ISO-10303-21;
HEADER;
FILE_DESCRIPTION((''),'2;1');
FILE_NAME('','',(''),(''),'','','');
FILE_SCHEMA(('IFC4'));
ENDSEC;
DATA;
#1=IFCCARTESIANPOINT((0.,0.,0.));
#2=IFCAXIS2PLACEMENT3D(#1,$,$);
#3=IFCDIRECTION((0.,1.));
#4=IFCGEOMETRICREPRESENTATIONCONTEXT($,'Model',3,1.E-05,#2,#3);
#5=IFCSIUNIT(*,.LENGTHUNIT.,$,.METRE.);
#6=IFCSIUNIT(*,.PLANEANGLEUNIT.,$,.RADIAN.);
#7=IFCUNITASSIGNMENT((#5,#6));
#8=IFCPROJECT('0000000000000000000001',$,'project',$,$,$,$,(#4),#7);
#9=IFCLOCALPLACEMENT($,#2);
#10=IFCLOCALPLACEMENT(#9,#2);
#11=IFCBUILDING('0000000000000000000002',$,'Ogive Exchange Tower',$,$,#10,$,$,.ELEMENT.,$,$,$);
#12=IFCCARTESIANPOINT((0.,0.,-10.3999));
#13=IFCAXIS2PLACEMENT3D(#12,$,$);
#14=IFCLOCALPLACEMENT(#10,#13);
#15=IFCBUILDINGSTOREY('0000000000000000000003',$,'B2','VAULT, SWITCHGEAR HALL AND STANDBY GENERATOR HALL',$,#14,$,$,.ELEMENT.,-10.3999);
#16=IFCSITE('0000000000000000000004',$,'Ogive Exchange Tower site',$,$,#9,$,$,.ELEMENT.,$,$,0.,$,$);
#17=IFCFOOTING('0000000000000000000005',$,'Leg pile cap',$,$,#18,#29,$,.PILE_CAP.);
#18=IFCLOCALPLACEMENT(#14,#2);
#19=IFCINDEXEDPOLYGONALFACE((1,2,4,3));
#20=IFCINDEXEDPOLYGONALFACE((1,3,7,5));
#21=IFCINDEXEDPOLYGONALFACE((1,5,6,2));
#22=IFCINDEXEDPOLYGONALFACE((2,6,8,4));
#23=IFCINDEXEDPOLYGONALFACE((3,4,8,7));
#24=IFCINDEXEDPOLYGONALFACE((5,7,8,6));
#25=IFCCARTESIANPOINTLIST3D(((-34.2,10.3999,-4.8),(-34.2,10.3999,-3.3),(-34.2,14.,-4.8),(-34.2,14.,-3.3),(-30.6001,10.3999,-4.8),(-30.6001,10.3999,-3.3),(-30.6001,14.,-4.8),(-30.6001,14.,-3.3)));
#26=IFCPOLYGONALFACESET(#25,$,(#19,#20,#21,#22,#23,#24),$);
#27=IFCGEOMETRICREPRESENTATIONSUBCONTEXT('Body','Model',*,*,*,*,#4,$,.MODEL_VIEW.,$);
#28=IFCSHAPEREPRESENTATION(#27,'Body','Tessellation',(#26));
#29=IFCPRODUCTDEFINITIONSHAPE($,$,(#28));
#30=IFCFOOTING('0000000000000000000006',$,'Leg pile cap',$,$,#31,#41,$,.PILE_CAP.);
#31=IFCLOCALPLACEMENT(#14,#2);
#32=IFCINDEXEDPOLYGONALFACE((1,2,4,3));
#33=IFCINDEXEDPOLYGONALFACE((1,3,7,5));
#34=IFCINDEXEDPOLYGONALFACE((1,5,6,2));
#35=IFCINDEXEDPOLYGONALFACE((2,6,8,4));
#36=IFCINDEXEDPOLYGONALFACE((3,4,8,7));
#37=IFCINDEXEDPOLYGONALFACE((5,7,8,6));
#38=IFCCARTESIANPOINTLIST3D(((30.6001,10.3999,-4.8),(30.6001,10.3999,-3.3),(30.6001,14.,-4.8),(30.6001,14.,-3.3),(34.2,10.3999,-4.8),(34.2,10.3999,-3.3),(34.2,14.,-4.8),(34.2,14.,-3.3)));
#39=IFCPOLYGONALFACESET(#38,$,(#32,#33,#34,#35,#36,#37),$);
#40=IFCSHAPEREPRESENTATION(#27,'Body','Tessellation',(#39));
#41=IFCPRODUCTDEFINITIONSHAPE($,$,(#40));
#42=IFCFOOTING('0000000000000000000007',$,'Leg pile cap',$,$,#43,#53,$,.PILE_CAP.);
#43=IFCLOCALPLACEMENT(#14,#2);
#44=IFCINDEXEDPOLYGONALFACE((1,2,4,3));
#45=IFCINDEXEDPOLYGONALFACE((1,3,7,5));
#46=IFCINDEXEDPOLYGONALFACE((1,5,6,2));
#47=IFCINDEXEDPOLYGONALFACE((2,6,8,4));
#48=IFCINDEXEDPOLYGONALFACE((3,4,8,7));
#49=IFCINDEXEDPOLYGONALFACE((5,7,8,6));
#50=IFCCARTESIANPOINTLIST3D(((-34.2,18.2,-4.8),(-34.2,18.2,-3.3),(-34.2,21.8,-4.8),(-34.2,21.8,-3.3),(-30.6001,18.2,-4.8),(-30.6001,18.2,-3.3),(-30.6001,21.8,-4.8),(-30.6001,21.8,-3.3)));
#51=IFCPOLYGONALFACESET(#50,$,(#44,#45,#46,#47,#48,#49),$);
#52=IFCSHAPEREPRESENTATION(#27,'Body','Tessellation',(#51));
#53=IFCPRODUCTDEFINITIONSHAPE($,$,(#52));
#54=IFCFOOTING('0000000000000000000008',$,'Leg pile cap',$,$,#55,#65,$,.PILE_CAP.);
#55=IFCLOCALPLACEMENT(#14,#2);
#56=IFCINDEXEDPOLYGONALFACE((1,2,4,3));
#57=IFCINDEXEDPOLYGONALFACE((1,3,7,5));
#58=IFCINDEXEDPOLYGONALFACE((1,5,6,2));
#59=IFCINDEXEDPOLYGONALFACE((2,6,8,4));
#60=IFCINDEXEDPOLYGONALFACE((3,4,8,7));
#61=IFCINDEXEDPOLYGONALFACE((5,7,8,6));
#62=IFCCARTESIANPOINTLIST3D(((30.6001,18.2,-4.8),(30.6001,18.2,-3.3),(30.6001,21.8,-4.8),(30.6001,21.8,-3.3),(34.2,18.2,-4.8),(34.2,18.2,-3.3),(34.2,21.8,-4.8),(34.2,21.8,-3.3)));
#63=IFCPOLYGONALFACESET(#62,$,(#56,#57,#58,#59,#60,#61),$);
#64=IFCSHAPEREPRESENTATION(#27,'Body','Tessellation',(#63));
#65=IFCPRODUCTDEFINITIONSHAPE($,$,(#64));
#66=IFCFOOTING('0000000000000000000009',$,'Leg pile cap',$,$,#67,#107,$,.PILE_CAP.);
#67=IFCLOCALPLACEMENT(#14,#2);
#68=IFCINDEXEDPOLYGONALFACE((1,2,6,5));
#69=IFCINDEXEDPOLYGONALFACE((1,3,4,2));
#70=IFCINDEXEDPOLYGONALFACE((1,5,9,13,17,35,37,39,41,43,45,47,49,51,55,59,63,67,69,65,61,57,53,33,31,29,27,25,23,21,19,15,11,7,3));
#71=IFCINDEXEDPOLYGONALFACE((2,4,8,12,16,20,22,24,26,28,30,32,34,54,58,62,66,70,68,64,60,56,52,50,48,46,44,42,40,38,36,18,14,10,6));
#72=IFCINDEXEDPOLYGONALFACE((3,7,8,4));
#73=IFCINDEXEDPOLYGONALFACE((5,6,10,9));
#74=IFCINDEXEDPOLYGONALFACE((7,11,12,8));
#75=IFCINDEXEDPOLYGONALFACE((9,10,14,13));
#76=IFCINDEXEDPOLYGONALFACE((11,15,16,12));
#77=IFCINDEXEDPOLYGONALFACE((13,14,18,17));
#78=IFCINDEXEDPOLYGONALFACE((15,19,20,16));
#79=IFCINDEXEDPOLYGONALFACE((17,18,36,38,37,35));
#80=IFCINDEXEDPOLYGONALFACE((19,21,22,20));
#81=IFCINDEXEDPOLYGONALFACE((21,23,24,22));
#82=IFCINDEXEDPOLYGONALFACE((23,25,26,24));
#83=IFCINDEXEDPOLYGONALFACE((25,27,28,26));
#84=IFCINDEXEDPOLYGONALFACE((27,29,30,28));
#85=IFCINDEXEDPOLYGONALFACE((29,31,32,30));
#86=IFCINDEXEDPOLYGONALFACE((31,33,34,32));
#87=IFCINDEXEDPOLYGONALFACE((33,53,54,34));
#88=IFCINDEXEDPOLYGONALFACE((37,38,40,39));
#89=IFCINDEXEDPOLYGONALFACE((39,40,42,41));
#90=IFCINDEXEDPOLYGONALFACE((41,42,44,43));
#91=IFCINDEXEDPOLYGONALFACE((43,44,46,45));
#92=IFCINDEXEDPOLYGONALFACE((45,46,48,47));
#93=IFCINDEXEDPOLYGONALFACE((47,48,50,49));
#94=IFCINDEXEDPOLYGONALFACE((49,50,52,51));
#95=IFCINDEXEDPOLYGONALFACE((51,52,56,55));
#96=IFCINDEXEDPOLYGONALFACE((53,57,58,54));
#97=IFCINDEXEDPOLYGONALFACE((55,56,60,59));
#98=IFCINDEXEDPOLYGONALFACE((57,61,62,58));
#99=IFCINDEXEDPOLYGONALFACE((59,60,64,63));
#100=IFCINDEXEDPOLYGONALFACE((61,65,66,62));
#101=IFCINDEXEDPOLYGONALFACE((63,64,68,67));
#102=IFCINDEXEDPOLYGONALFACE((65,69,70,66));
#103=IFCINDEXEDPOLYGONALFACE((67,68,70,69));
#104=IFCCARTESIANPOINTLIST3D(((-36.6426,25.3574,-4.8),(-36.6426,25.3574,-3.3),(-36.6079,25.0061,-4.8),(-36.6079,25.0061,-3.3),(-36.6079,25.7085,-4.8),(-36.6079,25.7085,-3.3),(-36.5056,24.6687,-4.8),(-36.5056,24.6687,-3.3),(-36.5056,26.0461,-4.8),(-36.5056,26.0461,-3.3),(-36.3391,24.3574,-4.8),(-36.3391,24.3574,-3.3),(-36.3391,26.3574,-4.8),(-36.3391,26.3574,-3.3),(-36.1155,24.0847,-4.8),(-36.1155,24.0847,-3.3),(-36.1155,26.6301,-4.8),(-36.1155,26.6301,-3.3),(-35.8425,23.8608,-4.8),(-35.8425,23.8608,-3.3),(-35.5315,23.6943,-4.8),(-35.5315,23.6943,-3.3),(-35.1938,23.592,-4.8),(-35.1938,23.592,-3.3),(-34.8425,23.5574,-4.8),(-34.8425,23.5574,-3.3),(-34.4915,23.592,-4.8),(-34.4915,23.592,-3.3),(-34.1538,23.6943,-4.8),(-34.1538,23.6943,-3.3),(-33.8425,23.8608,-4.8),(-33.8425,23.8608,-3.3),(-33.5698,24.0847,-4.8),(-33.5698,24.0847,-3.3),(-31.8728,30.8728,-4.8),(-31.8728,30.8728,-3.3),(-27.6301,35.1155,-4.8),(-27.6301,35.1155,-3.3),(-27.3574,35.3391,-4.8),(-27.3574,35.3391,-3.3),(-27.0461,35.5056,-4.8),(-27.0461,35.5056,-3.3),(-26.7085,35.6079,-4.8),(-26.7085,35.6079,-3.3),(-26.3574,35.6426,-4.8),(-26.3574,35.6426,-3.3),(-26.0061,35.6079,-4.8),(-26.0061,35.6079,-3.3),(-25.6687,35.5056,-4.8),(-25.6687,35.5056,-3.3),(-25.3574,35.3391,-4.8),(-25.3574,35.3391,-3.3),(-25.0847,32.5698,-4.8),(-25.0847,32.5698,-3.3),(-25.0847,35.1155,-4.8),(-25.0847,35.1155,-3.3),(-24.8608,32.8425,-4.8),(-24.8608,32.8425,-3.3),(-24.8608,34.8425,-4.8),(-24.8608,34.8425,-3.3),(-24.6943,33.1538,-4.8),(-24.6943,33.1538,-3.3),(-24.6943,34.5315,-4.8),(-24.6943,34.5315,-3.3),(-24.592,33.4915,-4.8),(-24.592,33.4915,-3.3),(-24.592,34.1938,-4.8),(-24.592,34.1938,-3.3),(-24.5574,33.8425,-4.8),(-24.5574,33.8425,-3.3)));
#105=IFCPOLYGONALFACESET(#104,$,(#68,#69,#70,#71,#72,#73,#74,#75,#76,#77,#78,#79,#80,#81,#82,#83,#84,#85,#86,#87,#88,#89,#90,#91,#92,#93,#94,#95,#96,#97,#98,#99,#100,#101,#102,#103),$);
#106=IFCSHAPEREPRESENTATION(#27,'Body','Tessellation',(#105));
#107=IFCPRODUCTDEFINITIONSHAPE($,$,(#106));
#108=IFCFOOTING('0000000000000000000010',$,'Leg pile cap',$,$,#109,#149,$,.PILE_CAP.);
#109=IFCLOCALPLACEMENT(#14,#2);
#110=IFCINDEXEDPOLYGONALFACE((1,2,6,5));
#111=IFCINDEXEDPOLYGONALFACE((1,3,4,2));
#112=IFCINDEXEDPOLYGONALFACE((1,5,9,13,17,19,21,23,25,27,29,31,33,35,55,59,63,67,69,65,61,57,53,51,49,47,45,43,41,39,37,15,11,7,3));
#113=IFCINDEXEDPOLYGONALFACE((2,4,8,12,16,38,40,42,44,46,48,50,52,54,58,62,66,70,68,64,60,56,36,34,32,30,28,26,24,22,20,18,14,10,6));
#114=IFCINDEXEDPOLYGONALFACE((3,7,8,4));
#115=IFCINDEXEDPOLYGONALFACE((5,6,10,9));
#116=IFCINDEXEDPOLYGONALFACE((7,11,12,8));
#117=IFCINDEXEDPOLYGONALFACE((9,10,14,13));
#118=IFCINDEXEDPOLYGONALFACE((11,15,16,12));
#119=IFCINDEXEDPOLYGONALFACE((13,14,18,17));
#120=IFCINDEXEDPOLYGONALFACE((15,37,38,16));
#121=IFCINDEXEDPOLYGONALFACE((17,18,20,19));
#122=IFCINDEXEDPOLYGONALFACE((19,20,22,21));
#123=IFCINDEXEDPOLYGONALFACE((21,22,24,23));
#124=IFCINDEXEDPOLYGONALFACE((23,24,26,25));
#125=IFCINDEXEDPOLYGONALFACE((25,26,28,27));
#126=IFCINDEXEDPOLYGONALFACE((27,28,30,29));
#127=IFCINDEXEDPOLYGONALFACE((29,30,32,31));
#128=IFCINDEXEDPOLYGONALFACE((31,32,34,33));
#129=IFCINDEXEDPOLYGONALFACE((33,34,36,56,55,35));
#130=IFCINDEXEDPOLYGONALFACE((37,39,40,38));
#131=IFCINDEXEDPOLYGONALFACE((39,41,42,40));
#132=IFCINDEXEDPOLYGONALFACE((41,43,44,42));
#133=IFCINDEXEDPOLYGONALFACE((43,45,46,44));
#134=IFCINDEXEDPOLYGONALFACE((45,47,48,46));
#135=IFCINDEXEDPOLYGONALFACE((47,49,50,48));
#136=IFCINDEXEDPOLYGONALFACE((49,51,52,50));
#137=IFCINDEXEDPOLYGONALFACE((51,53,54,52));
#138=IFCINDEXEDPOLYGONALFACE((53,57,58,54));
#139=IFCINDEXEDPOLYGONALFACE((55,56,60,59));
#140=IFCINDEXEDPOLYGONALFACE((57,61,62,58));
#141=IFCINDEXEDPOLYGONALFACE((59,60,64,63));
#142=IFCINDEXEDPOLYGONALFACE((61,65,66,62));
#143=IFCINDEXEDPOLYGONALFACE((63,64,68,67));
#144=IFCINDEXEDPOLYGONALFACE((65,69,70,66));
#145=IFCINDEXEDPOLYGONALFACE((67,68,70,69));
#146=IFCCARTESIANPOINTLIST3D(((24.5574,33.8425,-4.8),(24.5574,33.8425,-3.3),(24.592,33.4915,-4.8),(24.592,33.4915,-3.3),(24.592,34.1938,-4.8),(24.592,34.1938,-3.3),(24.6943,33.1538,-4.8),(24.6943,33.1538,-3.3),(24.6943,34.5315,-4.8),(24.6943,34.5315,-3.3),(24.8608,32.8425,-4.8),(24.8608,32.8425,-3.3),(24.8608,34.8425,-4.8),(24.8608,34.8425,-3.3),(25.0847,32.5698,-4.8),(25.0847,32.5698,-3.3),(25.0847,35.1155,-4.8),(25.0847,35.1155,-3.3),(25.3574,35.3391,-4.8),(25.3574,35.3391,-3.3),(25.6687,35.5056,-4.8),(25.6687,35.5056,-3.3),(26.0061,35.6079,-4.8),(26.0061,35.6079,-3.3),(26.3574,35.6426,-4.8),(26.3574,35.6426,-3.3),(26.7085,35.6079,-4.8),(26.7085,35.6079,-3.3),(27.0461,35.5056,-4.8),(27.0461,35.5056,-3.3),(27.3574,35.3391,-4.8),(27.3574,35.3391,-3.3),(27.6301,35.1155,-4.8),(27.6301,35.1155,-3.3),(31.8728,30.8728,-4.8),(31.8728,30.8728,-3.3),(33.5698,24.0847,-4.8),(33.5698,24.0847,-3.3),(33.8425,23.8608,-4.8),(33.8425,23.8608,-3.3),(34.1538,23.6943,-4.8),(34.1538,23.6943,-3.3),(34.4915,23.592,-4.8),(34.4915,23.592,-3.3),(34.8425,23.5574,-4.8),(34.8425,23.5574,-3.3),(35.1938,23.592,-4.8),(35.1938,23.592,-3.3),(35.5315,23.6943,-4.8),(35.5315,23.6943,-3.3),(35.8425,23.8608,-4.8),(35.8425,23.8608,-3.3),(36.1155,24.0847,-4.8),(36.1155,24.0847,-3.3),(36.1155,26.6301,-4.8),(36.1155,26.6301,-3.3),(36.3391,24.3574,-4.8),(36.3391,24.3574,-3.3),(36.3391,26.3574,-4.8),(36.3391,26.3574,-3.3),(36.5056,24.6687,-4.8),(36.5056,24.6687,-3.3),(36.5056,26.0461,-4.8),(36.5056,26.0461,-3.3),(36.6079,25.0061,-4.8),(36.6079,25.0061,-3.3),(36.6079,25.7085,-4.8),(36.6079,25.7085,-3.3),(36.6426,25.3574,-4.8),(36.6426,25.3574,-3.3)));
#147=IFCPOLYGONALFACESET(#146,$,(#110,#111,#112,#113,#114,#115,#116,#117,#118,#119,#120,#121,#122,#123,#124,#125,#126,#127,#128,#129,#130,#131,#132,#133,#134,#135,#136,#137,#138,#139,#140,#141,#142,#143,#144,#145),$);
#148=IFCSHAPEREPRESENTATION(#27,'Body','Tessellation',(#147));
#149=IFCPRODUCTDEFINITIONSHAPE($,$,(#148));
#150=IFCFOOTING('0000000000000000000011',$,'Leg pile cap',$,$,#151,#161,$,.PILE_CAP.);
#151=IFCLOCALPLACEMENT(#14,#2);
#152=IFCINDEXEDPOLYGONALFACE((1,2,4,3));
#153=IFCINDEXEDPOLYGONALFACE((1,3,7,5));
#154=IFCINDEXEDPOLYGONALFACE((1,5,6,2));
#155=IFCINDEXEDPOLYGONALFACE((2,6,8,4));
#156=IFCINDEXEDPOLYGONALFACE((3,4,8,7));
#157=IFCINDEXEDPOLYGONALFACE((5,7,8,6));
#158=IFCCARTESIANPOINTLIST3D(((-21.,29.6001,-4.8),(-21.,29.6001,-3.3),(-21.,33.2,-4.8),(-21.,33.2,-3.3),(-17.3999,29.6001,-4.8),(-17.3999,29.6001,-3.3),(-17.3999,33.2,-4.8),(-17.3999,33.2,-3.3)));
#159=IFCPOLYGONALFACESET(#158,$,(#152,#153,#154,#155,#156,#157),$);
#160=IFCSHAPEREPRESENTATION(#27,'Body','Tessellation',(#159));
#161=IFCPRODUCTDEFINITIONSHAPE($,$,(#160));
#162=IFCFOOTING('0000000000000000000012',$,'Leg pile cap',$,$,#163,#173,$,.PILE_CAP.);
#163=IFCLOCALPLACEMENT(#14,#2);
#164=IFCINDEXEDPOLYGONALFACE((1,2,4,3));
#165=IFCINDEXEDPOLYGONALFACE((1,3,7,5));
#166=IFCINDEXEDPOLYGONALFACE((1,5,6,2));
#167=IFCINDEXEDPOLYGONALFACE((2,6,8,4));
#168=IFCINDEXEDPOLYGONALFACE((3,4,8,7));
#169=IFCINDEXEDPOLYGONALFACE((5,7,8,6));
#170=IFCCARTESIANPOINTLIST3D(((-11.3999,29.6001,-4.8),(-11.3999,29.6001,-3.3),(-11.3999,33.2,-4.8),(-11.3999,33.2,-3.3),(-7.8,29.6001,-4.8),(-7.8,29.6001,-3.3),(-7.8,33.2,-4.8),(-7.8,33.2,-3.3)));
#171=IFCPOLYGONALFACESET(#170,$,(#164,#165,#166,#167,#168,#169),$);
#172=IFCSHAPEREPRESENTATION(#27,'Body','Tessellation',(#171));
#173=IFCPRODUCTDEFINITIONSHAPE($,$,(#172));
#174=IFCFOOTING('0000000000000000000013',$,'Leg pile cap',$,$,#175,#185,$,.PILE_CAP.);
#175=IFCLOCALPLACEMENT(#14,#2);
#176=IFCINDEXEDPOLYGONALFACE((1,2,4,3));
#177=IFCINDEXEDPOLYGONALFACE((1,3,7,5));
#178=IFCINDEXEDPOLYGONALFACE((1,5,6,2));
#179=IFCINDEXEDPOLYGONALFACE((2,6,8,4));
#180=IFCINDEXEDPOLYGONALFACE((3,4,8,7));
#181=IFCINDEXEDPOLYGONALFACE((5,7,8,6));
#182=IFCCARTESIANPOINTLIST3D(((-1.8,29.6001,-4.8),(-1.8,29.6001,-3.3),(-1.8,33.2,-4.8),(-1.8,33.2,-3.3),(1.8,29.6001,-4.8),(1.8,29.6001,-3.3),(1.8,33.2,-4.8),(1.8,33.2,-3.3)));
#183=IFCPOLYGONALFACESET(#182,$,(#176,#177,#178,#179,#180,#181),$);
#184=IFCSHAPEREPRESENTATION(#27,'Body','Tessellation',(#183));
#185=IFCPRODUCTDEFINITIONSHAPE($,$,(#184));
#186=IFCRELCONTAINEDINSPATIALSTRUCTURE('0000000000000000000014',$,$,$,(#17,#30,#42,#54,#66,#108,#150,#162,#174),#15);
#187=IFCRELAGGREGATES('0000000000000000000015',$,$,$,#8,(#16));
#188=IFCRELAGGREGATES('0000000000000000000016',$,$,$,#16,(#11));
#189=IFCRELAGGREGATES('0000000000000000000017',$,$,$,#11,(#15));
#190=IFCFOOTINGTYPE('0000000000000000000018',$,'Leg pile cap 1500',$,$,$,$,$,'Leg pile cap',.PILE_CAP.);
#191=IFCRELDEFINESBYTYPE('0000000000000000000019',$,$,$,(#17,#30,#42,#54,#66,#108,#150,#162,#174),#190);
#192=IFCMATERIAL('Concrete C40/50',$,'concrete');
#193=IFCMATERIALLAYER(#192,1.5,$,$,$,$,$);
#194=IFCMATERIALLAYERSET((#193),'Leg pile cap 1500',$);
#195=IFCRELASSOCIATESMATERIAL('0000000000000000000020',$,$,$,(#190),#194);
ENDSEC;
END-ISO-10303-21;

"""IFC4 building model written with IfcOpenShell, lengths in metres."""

from ifc_helpers import new_model, si_unit, direction, frame, origin, place, context, subcontext, project, spatial, polyline, outline, extrude, material, layer, layer_set, type_object, element, save


model = new_model("IFC4")

# Units and contexts
model_context = context("Model", 3, precision=1e-05, world=origin(), true_north=direction((0.0, 1.0)))
body_context = subcontext(model_context, "Body", "Model", "MODEL_VIEW")
ifc_project = project(units=[si_unit("LENGTHUNIT", "METRE"), si_unit("PLANEANGLEUNIT", "RADIAN")], contexts=[model_context])

# Site, building, storey
site_placement = place(None, origin())
site = spatial("IfcSite", under=ifc_project, at=site_placement, Name="Ogive Exchange Tower site", CompositionType="ELEMENT", RefElevation=0.0)
building_placement = place(site_placement, origin())
building = spatial("IfcBuilding", under=site, at=building_placement, Name="Ogive Exchange Tower", CompositionType="ELEMENT")
storey_placement = place(building_placement, frame((0.0, 0.0, -10.3999)))
storey = spatial("IfcBuildingStorey", under=building, at=storey_placement, Name="B2", Description="VAULT, SWITCHGEAR HALL AND STANDBY GENERATOR HALL", CompositionType="ELEMENT", Elevation=-10.3999)

# Footings
ifc_material_1 = material(Name="Concrete C40/50", Category="concrete")
ifc_layer_1 = layer(ifc_material_1, 1.5)
ifc_layer_set_1 = layer_set([ifc_layer_1], Name="Leg pile cap 1500")
footing_type = type_object("IfcFootingType", Name="Leg pile cap 1500", ElementType="Leg pile cap", PredefinedType="PILE_CAP", material=ifc_layer_set_1)
footing_1_placement = place(storey_placement, frame((0.0, 0.0, -4.8)))
element("IfcFooting", 1, at=footing_1_placement, inside=storey, type_object=footing_type, Name="Leg pile cap", PredefinedType="PILE_CAP", context=body_context, shape_type="SweptSolid", body=[
    extrude(outline(polyline([(-30.6001, 10.3999), (-30.6001, 14.0), (-34.2, 14.0), (-34.2, 10.3999), (-30.6001, 10.3999)])), origin(), (0.0, 0.0, 1.0), 1.5),
])
footing_2_placement = place(storey_placement, frame((0.0, 0.0, -4.8)))
element("IfcFooting", 2, at=footing_2_placement, inside=storey, type_object=footing_type, Name="Leg pile cap", PredefinedType="PILE_CAP", context=body_context, shape_type="SweptSolid", body=[
    extrude(outline(polyline([(34.2, 10.3999), (34.2, 14.0), (30.6001, 14.0), (30.6001, 10.3999), (34.2, 10.3999)])), origin(), (0.0, 0.0, 1.0), 1.5),
])
footing_3_placement = place(storey_placement, frame((0.0, 0.0, -4.8)))
element("IfcFooting", 3, at=footing_3_placement, inside=storey, type_object=footing_type, Name="Leg pile cap", PredefinedType="PILE_CAP", context=body_context, shape_type="SweptSolid", body=[
    extrude(outline(polyline([(-30.6001, 18.2), (-30.6001, 21.8), (-34.2, 21.8), (-34.2, 18.2), (-30.6001, 18.2)])), origin(), (0.0, 0.0, 1.0), 1.5),
])
footing_4_placement = place(storey_placement, frame((0.0, 0.0, -4.8)))
element("IfcFooting", 4, at=footing_4_placement, inside=storey, type_object=footing_type, Name="Leg pile cap", PredefinedType="PILE_CAP", context=body_context, shape_type="SweptSolid", body=[
    extrude(outline(polyline([(34.2, 18.2), (34.2, 21.8), (30.6001, 21.8), (30.6001, 18.2), (34.2, 18.2)])), origin(), (0.0, 0.0, 1.0), 1.5),
])
footing_5_placement = place(storey_placement, frame((0.0, 0.0, -4.8)))
element("IfcFooting", 5, at=footing_5_placement, inside=storey, type_object=footing_type, Name="Leg pile cap", PredefinedType="PILE_CAP", context=body_context, shape_type="SweptSolid", body=[
    extrude(outline(polyline([(-34.8425, 23.5574), (-35.1938, 23.592), (-35.5315, 23.6943), (-35.8425, 23.8608), (-36.1155, 24.0847), (-36.3391, 24.3574), (-36.5056, 24.6687), (-36.6079, 25.0061), (-36.6426, 25.3574), (-36.6079, 25.7085), (-36.5056, 26.0461), (-36.3391, 26.3574), (-36.1155, 26.6301), (-31.8728, 30.8728), (-27.6301, 35.1155), (-27.3574, 35.3391), (-27.0461, 35.5056), (-26.7085, 35.6079), (-26.3574, 35.6426), (-26.0061, 35.6079), (-25.6687, 35.5056), (-25.3574, 35.3391), (-25.0847, 35.1155), (-24.8608, 34.8425), (-24.6943, 34.5315), (-24.592, 34.1938), (-24.5574, 33.8425), (-24.592, 33.4915), (-24.6943, 33.1538), (-24.8608, 32.8425), (-25.0847, 32.5698), (-33.5698, 24.0847), (-33.8425, 23.8608), (-34.1538, 23.6943), (-34.4915, 23.592), (-34.8425, 23.5574)])), origin(), (0.0, 0.0, 1.0), 1.5),
])
footing_6_placement = place(storey_placement, frame((0.0, 0.0, -4.8)))
element("IfcFooting", 6, at=footing_6_placement, inside=storey, type_object=footing_type, Name="Leg pile cap", PredefinedType="PILE_CAP", context=body_context, shape_type="SweptSolid", body=[
    extrude(outline(polyline([(34.8425, 23.5574), (34.4915, 23.592), (34.1538, 23.6943), (33.8425, 23.8608), (33.5698, 24.0847), (25.0847, 32.5698), (24.8608, 32.8425), (24.6943, 33.1538), (24.592, 33.4915), (24.5574, 33.8425), (24.592, 34.1938), (24.6943, 34.5315), (24.8608, 34.8425), (25.0847, 35.1155), (25.3574, 35.3391), (25.6687, 35.5056), (26.0061, 35.6079), (26.3574, 35.6426), (26.7085, 35.6079), (27.0461, 35.5056), (27.3574, 35.3391), (27.6301, 35.1155), (31.8728, 30.8728), (36.1155, 26.6301), (36.3391, 26.3574), (36.5056, 26.0461), (36.6079, 25.7085), (36.6426, 25.3574), (36.6079, 25.0061), (36.5056, 24.6687), (36.3391, 24.3574), (36.1155, 24.0847), (35.8425, 23.8608), (35.5315, 23.6943), (35.1938, 23.592), (34.8425, 23.5574)])), origin(), (0.0, 0.0, 1.0), 1.5),
])
footing_7_placement = place(storey_placement, frame((0.0, 0.0, -4.8)))
element("IfcFooting", 7, at=footing_7_placement, inside=storey, type_object=footing_type, Name="Leg pile cap", PredefinedType="PILE_CAP", context=body_context, shape_type="SweptSolid", body=[
    extrude(outline(polyline([(-17.3999, 29.6001), (-17.3999, 33.2), (-21.0, 33.2), (-21.0, 29.6001), (-17.3999, 29.6001)])), origin(), (0.0, 0.0, 1.0), 1.5),
])
footing_8_placement = place(storey_placement, frame((0.0, 0.0, -4.8)))
element("IfcFooting", 8, at=footing_8_placement, inside=storey, type_object=footing_type, Name="Leg pile cap", PredefinedType="PILE_CAP", context=body_context, shape_type="SweptSolid", body=[
    extrude(outline(polyline([(-7.8, 29.6001), (-7.8, 33.2), (-11.3999, 33.2), (-11.3999, 29.6001), (-7.8, 29.6001)])), origin(), (0.0, 0.0, 1.0), 1.5),
])
footing_9_placement = place(storey_placement, frame((0.0, 0.0, -4.8)))
element("IfcFooting", 9, at=footing_9_placement, inside=storey, type_object=footing_type, Name="Leg pile cap", PredefinedType="PILE_CAP", context=body_context, shape_type="SweptSolid", body=[
    extrude(outline(polyline([(1.8, 29.6001), (1.8, 33.2), (-1.8, 33.2), (-1.8, 29.6001), (1.8, 29.6001)])), origin(), (0.0, 0.0, 1.0), 1.5),
])

save(model, "model.ifc")
